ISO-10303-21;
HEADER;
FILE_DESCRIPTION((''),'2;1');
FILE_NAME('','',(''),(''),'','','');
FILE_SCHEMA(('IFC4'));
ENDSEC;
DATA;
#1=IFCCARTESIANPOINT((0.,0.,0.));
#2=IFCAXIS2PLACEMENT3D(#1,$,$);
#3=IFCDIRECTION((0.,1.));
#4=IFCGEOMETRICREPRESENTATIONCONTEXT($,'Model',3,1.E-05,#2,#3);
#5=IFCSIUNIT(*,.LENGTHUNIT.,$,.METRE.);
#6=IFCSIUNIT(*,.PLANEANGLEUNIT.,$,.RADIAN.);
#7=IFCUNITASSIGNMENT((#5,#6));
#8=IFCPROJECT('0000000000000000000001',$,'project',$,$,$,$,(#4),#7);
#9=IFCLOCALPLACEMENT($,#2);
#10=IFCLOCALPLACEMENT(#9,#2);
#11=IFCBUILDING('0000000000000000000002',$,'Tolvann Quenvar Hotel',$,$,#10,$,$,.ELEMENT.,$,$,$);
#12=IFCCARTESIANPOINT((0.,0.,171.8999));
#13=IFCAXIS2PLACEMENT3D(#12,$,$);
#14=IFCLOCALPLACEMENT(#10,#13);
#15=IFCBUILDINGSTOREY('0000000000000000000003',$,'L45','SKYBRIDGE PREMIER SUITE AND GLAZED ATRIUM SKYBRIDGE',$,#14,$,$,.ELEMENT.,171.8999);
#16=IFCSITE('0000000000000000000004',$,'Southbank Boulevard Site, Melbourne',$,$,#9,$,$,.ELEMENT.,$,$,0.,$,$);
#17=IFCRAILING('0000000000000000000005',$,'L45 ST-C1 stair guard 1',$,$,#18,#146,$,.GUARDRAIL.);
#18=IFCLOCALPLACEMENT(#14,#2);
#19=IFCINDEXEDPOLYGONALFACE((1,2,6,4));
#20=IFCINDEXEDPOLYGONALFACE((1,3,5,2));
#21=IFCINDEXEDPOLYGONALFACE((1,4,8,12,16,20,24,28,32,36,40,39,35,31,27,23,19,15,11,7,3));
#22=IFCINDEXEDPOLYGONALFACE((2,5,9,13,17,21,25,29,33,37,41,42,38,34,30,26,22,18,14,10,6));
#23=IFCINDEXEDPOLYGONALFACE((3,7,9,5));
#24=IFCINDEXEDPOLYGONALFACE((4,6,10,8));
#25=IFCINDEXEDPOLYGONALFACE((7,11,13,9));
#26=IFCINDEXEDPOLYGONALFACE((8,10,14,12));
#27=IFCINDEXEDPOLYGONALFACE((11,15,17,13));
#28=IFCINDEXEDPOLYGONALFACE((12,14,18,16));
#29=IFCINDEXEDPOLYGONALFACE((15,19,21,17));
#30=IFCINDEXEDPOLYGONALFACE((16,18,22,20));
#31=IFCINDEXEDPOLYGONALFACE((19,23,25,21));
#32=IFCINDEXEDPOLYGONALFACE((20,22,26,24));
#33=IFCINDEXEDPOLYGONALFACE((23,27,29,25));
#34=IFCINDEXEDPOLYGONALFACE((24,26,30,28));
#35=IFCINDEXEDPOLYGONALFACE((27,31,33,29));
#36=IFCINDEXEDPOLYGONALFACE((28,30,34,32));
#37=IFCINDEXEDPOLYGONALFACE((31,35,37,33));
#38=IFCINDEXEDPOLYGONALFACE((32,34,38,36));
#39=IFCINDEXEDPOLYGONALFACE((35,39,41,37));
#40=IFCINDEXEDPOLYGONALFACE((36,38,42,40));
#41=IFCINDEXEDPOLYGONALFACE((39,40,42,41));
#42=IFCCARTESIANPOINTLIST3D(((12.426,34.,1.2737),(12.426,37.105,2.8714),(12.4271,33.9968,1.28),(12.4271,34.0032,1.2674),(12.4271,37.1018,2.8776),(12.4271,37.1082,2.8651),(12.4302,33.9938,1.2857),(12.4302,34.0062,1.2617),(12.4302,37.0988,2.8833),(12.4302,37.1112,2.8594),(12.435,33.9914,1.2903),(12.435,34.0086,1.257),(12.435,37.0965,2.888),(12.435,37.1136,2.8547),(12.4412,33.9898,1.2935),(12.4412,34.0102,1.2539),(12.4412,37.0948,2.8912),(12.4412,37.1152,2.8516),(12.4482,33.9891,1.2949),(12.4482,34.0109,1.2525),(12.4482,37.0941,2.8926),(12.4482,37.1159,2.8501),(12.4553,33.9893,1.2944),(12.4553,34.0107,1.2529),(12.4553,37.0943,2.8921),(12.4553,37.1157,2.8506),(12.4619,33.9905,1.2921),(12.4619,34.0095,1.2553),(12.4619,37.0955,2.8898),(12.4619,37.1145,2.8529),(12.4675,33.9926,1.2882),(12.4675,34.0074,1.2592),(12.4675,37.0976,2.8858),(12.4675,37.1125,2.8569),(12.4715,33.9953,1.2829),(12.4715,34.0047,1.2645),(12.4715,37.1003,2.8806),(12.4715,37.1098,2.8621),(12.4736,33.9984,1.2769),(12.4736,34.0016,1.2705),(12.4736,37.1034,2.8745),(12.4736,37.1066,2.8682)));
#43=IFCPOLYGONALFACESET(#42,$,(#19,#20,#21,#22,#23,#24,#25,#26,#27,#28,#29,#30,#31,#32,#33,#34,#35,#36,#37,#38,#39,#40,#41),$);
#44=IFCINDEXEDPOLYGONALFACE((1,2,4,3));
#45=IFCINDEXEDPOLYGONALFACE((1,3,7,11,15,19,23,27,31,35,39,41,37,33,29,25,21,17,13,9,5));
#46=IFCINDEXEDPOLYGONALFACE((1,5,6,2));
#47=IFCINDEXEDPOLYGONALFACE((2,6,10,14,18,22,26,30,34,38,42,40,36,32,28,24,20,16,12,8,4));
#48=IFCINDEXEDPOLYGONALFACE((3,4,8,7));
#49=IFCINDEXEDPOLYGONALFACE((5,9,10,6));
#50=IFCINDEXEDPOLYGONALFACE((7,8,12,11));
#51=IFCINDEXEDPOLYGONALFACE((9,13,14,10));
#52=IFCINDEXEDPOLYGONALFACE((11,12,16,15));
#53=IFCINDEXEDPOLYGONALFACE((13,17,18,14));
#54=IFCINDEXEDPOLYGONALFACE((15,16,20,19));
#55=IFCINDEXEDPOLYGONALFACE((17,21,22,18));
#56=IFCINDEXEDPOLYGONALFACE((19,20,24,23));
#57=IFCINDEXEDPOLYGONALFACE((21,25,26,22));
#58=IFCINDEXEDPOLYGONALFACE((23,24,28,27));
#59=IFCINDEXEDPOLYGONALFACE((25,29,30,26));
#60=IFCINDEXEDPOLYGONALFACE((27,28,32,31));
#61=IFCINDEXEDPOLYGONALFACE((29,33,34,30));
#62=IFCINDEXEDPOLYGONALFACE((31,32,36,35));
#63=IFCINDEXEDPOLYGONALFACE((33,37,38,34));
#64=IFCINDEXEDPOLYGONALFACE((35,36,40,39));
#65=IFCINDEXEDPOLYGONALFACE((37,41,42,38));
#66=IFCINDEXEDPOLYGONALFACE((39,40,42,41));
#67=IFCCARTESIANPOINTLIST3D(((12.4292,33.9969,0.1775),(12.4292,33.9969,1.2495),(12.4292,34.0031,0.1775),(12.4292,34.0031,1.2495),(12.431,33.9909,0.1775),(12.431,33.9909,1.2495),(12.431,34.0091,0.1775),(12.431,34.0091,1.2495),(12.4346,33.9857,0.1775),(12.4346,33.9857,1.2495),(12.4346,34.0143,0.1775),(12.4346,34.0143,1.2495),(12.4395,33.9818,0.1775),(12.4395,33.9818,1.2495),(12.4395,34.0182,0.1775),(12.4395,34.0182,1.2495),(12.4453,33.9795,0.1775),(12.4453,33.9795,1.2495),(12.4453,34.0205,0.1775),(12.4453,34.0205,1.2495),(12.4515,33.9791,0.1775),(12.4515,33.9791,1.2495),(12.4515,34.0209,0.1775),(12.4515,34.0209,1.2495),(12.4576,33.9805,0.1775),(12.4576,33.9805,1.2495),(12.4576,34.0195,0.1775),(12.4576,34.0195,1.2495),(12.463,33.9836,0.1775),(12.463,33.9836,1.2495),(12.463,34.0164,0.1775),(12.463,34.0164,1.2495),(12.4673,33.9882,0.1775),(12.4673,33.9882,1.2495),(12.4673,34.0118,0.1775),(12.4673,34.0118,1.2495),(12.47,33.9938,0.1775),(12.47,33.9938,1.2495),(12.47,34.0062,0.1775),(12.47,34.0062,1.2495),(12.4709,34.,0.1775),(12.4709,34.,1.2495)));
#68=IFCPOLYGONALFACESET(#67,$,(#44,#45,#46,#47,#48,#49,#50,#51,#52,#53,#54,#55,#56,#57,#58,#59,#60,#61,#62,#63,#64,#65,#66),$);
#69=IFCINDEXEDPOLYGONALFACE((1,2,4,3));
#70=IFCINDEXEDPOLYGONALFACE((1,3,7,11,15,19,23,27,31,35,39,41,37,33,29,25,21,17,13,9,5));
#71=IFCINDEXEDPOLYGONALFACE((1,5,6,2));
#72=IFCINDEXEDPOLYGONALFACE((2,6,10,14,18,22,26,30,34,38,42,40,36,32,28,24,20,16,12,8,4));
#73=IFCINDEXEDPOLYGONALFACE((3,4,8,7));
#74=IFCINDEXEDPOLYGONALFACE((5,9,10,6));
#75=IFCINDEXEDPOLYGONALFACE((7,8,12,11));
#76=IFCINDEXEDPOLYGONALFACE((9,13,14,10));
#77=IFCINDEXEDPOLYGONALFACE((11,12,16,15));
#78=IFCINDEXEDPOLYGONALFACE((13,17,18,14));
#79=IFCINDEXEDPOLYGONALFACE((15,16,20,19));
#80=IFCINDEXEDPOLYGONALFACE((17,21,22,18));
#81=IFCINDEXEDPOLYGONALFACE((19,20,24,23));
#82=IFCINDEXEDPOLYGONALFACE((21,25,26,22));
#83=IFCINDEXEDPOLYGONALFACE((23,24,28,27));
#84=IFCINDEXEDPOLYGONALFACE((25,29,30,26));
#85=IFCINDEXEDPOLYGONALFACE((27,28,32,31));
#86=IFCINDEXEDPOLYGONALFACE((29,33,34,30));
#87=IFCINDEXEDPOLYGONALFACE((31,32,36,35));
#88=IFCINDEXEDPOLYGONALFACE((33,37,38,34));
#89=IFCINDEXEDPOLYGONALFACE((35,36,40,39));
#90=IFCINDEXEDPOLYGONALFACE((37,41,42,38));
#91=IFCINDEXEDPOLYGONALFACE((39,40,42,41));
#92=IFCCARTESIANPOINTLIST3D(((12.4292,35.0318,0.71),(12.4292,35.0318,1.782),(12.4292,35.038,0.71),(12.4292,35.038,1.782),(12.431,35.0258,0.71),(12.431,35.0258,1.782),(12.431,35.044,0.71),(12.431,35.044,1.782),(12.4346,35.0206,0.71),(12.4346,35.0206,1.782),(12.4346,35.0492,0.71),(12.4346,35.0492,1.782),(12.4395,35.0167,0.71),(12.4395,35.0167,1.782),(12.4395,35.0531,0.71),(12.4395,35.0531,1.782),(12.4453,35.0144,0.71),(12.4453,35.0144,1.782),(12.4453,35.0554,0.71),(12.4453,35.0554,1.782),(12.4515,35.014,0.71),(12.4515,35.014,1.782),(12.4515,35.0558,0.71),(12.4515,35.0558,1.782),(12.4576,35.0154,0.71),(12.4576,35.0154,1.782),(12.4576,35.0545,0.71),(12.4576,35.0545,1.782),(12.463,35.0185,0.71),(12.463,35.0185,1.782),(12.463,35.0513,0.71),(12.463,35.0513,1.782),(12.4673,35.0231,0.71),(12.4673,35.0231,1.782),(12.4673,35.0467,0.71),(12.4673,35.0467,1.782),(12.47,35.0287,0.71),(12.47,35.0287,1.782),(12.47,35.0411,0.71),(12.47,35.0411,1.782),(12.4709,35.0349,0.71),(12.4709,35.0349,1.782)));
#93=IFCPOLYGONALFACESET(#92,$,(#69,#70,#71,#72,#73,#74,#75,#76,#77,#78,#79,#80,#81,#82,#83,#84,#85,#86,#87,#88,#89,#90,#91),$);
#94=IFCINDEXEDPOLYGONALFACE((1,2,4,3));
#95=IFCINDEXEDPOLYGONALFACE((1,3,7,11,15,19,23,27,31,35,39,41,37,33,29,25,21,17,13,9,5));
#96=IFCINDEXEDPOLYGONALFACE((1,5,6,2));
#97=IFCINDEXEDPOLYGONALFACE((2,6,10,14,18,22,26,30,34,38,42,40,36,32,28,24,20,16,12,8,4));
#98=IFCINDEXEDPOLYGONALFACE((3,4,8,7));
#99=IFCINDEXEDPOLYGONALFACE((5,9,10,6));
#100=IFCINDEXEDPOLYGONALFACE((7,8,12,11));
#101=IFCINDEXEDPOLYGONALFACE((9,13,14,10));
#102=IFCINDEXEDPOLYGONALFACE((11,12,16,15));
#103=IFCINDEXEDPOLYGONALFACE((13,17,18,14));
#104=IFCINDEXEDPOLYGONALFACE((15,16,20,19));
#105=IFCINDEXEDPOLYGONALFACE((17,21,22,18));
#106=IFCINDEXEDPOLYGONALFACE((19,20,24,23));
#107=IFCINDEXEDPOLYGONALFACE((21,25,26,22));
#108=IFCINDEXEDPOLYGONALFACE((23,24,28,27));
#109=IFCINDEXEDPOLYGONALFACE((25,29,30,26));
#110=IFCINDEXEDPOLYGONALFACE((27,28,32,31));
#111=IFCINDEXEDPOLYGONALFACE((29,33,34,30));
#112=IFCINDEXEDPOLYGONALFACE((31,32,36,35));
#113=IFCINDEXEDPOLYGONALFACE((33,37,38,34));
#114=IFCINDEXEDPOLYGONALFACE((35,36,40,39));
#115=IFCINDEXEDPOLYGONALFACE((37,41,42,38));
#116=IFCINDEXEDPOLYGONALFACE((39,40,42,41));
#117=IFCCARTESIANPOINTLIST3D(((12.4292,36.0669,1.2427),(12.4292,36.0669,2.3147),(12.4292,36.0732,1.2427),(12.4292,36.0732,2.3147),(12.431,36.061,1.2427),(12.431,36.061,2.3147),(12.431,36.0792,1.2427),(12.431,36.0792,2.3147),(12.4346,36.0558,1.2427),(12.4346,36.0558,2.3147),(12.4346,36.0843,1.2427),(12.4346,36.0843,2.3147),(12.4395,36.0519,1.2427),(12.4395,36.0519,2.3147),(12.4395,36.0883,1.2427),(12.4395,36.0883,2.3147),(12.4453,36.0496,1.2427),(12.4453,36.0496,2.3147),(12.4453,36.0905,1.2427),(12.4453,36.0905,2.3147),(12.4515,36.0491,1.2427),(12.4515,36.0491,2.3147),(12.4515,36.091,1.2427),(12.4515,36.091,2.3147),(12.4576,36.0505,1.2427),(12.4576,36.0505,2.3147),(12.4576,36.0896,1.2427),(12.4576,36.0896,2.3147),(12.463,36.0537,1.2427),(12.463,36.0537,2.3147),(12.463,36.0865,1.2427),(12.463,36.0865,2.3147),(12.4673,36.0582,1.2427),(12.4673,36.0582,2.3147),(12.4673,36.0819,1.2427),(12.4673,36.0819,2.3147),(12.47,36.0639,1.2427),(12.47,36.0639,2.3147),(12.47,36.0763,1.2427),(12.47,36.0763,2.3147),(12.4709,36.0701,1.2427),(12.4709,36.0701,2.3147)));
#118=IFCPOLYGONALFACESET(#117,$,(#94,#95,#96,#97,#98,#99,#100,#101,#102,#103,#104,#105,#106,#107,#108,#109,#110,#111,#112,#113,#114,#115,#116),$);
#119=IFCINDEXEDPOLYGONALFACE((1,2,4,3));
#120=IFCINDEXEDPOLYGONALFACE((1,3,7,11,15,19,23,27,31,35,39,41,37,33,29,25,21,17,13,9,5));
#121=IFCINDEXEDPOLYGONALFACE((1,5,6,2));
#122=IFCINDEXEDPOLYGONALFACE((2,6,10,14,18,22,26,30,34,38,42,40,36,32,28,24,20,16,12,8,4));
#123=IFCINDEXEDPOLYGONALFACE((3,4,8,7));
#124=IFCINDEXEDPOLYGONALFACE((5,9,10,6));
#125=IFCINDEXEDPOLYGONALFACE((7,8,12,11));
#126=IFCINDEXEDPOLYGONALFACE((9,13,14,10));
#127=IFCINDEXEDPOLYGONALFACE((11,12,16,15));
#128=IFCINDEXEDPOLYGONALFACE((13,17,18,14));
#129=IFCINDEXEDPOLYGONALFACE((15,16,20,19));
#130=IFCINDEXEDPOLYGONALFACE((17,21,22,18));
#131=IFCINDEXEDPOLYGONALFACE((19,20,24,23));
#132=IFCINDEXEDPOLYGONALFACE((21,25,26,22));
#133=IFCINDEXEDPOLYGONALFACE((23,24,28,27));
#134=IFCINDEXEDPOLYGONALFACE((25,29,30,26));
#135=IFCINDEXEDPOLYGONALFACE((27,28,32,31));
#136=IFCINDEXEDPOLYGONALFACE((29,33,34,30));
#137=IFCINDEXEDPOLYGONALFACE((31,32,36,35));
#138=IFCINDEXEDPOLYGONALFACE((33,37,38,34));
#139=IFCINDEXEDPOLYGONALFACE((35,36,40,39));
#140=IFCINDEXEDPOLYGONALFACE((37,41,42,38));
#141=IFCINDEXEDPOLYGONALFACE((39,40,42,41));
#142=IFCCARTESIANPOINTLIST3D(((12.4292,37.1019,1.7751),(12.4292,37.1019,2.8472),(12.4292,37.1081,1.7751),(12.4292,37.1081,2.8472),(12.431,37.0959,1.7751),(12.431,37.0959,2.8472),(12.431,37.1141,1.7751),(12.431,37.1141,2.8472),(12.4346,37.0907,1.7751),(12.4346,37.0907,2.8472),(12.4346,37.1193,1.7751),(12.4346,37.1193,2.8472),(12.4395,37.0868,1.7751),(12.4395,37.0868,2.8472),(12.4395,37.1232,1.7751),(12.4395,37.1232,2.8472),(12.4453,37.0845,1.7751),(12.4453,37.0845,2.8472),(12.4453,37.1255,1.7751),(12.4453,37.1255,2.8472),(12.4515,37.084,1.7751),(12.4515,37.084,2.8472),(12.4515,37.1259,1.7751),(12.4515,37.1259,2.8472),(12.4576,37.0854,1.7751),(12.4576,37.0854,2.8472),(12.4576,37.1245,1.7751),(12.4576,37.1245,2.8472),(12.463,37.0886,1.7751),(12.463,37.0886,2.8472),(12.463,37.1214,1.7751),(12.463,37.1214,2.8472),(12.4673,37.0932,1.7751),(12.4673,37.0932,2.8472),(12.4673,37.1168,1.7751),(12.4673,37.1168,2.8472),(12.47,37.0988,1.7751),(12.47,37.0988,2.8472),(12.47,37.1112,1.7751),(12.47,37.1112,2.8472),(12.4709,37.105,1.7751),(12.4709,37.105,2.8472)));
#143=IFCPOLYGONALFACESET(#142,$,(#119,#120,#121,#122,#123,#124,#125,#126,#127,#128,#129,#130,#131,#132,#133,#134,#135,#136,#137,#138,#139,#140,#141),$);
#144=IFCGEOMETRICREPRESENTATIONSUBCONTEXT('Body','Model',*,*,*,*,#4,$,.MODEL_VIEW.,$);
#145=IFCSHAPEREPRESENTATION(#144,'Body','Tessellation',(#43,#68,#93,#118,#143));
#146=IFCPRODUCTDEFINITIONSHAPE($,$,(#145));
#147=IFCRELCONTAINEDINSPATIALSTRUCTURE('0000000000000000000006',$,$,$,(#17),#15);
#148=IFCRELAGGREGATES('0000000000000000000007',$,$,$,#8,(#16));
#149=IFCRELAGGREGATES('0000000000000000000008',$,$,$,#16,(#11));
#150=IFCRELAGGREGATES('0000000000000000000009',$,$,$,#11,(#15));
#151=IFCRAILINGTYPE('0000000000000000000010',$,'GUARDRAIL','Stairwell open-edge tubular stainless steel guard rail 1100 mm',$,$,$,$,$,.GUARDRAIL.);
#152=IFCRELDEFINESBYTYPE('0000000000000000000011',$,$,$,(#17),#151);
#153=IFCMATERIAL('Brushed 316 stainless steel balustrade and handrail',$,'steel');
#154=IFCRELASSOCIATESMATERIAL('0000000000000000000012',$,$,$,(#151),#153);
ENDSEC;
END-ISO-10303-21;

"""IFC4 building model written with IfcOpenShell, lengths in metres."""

from ifc_helpers import new_model, si_unit, direction, frame, origin, origin_2d, place, context, subcontext, project, spatial, circle, extrude, material, type_object, element, save


model = new_model("IFC4")

# Units and contexts
model_context = context("Model", 3, precision=1e-05, world=origin(), true_north=direction((0.0, 1.0)))
body_context = subcontext(model_context, "Body", "Model", "MODEL_VIEW")
ifc_project = project(units=[si_unit("LENGTHUNIT", "METRE"), si_unit("PLANEANGLEUNIT", "RADIAN")], contexts=[model_context])

# Site, building, storey
site_placement = place(None, origin())
site = spatial("IfcSite", under=ifc_project, at=site_placement, Name="Southbank Boulevard Site, Melbourne", CompositionType="ELEMENT", RefElevation=0.0)
building_placement = place(site_placement, origin())
building = spatial("IfcBuilding", under=site, at=building_placement, Name="Tolvann Quenvar Hotel", CompositionType="ELEMENT")
storey_placement = place(building_placement, frame((0.0, 0.0, 171.8999)))
storey = spatial("IfcBuildingStorey", under=building, at=storey_placement, Name="L45", Description="SKYBRIDGE PREMIER SUITE AND GLAZED ATRIUM SKYBRIDGE", CompositionType="ELEMENT", Elevation=171.8999)

# Railing
ifc_material_1 = material(Name="Brushed 316 stainless steel balustrade and handrail", Category="steel")
railing_type_1 = type_object("IfcRailingType", Name="GUARDRAIL", Description="Stairwell open-edge tubular stainless steel guard rail 1100 mm", PredefinedType="GUARDRAIL", material=ifc_material_1)
railing_1_placement = place(storey_placement, frame((12.45, 34.0, 0.1775)))
element("IfcRailing", 1, at=railing_1_placement, inside=storey, type_object=railing_type_1, Name="L45 ST-C1 stair guard 1", PredefinedType="GUARDRAIL", context=body_context, shape_type="SweptSolid", body=[
    extrude(circle(Radius=0.0239, at=origin_2d()), frame((0.0, 0.0, 1.0962), z_axis=(0.0, 0.889194, 0.457531), x_axis=(-1.0, 0.0, 0.0)), (0.0, 0.0, 1.0), 3.4919),
    extrude(circle(Radius=0.021, at=origin_2d()), origin(), (0.0, 0.0, 1.0), 1.072),
    extrude(circle(Radius=0.021, at=origin_2d()), frame((0.0, 1.0349, 0.5325)), (0.0, 0.0, 1.0), 1.072),
    extrude(circle(Radius=0.021, at=origin_2d()), frame((0.0, 2.0701, 1.0652)), (0.0, 0.0, 1.0), 1.072),
    extrude(circle(Radius=0.021, at=origin_2d()), frame((0.0, 3.105, 1.5977)), (0.0, 0.0, 1.0), 1.072),
])

save(model, "model.ifc")
